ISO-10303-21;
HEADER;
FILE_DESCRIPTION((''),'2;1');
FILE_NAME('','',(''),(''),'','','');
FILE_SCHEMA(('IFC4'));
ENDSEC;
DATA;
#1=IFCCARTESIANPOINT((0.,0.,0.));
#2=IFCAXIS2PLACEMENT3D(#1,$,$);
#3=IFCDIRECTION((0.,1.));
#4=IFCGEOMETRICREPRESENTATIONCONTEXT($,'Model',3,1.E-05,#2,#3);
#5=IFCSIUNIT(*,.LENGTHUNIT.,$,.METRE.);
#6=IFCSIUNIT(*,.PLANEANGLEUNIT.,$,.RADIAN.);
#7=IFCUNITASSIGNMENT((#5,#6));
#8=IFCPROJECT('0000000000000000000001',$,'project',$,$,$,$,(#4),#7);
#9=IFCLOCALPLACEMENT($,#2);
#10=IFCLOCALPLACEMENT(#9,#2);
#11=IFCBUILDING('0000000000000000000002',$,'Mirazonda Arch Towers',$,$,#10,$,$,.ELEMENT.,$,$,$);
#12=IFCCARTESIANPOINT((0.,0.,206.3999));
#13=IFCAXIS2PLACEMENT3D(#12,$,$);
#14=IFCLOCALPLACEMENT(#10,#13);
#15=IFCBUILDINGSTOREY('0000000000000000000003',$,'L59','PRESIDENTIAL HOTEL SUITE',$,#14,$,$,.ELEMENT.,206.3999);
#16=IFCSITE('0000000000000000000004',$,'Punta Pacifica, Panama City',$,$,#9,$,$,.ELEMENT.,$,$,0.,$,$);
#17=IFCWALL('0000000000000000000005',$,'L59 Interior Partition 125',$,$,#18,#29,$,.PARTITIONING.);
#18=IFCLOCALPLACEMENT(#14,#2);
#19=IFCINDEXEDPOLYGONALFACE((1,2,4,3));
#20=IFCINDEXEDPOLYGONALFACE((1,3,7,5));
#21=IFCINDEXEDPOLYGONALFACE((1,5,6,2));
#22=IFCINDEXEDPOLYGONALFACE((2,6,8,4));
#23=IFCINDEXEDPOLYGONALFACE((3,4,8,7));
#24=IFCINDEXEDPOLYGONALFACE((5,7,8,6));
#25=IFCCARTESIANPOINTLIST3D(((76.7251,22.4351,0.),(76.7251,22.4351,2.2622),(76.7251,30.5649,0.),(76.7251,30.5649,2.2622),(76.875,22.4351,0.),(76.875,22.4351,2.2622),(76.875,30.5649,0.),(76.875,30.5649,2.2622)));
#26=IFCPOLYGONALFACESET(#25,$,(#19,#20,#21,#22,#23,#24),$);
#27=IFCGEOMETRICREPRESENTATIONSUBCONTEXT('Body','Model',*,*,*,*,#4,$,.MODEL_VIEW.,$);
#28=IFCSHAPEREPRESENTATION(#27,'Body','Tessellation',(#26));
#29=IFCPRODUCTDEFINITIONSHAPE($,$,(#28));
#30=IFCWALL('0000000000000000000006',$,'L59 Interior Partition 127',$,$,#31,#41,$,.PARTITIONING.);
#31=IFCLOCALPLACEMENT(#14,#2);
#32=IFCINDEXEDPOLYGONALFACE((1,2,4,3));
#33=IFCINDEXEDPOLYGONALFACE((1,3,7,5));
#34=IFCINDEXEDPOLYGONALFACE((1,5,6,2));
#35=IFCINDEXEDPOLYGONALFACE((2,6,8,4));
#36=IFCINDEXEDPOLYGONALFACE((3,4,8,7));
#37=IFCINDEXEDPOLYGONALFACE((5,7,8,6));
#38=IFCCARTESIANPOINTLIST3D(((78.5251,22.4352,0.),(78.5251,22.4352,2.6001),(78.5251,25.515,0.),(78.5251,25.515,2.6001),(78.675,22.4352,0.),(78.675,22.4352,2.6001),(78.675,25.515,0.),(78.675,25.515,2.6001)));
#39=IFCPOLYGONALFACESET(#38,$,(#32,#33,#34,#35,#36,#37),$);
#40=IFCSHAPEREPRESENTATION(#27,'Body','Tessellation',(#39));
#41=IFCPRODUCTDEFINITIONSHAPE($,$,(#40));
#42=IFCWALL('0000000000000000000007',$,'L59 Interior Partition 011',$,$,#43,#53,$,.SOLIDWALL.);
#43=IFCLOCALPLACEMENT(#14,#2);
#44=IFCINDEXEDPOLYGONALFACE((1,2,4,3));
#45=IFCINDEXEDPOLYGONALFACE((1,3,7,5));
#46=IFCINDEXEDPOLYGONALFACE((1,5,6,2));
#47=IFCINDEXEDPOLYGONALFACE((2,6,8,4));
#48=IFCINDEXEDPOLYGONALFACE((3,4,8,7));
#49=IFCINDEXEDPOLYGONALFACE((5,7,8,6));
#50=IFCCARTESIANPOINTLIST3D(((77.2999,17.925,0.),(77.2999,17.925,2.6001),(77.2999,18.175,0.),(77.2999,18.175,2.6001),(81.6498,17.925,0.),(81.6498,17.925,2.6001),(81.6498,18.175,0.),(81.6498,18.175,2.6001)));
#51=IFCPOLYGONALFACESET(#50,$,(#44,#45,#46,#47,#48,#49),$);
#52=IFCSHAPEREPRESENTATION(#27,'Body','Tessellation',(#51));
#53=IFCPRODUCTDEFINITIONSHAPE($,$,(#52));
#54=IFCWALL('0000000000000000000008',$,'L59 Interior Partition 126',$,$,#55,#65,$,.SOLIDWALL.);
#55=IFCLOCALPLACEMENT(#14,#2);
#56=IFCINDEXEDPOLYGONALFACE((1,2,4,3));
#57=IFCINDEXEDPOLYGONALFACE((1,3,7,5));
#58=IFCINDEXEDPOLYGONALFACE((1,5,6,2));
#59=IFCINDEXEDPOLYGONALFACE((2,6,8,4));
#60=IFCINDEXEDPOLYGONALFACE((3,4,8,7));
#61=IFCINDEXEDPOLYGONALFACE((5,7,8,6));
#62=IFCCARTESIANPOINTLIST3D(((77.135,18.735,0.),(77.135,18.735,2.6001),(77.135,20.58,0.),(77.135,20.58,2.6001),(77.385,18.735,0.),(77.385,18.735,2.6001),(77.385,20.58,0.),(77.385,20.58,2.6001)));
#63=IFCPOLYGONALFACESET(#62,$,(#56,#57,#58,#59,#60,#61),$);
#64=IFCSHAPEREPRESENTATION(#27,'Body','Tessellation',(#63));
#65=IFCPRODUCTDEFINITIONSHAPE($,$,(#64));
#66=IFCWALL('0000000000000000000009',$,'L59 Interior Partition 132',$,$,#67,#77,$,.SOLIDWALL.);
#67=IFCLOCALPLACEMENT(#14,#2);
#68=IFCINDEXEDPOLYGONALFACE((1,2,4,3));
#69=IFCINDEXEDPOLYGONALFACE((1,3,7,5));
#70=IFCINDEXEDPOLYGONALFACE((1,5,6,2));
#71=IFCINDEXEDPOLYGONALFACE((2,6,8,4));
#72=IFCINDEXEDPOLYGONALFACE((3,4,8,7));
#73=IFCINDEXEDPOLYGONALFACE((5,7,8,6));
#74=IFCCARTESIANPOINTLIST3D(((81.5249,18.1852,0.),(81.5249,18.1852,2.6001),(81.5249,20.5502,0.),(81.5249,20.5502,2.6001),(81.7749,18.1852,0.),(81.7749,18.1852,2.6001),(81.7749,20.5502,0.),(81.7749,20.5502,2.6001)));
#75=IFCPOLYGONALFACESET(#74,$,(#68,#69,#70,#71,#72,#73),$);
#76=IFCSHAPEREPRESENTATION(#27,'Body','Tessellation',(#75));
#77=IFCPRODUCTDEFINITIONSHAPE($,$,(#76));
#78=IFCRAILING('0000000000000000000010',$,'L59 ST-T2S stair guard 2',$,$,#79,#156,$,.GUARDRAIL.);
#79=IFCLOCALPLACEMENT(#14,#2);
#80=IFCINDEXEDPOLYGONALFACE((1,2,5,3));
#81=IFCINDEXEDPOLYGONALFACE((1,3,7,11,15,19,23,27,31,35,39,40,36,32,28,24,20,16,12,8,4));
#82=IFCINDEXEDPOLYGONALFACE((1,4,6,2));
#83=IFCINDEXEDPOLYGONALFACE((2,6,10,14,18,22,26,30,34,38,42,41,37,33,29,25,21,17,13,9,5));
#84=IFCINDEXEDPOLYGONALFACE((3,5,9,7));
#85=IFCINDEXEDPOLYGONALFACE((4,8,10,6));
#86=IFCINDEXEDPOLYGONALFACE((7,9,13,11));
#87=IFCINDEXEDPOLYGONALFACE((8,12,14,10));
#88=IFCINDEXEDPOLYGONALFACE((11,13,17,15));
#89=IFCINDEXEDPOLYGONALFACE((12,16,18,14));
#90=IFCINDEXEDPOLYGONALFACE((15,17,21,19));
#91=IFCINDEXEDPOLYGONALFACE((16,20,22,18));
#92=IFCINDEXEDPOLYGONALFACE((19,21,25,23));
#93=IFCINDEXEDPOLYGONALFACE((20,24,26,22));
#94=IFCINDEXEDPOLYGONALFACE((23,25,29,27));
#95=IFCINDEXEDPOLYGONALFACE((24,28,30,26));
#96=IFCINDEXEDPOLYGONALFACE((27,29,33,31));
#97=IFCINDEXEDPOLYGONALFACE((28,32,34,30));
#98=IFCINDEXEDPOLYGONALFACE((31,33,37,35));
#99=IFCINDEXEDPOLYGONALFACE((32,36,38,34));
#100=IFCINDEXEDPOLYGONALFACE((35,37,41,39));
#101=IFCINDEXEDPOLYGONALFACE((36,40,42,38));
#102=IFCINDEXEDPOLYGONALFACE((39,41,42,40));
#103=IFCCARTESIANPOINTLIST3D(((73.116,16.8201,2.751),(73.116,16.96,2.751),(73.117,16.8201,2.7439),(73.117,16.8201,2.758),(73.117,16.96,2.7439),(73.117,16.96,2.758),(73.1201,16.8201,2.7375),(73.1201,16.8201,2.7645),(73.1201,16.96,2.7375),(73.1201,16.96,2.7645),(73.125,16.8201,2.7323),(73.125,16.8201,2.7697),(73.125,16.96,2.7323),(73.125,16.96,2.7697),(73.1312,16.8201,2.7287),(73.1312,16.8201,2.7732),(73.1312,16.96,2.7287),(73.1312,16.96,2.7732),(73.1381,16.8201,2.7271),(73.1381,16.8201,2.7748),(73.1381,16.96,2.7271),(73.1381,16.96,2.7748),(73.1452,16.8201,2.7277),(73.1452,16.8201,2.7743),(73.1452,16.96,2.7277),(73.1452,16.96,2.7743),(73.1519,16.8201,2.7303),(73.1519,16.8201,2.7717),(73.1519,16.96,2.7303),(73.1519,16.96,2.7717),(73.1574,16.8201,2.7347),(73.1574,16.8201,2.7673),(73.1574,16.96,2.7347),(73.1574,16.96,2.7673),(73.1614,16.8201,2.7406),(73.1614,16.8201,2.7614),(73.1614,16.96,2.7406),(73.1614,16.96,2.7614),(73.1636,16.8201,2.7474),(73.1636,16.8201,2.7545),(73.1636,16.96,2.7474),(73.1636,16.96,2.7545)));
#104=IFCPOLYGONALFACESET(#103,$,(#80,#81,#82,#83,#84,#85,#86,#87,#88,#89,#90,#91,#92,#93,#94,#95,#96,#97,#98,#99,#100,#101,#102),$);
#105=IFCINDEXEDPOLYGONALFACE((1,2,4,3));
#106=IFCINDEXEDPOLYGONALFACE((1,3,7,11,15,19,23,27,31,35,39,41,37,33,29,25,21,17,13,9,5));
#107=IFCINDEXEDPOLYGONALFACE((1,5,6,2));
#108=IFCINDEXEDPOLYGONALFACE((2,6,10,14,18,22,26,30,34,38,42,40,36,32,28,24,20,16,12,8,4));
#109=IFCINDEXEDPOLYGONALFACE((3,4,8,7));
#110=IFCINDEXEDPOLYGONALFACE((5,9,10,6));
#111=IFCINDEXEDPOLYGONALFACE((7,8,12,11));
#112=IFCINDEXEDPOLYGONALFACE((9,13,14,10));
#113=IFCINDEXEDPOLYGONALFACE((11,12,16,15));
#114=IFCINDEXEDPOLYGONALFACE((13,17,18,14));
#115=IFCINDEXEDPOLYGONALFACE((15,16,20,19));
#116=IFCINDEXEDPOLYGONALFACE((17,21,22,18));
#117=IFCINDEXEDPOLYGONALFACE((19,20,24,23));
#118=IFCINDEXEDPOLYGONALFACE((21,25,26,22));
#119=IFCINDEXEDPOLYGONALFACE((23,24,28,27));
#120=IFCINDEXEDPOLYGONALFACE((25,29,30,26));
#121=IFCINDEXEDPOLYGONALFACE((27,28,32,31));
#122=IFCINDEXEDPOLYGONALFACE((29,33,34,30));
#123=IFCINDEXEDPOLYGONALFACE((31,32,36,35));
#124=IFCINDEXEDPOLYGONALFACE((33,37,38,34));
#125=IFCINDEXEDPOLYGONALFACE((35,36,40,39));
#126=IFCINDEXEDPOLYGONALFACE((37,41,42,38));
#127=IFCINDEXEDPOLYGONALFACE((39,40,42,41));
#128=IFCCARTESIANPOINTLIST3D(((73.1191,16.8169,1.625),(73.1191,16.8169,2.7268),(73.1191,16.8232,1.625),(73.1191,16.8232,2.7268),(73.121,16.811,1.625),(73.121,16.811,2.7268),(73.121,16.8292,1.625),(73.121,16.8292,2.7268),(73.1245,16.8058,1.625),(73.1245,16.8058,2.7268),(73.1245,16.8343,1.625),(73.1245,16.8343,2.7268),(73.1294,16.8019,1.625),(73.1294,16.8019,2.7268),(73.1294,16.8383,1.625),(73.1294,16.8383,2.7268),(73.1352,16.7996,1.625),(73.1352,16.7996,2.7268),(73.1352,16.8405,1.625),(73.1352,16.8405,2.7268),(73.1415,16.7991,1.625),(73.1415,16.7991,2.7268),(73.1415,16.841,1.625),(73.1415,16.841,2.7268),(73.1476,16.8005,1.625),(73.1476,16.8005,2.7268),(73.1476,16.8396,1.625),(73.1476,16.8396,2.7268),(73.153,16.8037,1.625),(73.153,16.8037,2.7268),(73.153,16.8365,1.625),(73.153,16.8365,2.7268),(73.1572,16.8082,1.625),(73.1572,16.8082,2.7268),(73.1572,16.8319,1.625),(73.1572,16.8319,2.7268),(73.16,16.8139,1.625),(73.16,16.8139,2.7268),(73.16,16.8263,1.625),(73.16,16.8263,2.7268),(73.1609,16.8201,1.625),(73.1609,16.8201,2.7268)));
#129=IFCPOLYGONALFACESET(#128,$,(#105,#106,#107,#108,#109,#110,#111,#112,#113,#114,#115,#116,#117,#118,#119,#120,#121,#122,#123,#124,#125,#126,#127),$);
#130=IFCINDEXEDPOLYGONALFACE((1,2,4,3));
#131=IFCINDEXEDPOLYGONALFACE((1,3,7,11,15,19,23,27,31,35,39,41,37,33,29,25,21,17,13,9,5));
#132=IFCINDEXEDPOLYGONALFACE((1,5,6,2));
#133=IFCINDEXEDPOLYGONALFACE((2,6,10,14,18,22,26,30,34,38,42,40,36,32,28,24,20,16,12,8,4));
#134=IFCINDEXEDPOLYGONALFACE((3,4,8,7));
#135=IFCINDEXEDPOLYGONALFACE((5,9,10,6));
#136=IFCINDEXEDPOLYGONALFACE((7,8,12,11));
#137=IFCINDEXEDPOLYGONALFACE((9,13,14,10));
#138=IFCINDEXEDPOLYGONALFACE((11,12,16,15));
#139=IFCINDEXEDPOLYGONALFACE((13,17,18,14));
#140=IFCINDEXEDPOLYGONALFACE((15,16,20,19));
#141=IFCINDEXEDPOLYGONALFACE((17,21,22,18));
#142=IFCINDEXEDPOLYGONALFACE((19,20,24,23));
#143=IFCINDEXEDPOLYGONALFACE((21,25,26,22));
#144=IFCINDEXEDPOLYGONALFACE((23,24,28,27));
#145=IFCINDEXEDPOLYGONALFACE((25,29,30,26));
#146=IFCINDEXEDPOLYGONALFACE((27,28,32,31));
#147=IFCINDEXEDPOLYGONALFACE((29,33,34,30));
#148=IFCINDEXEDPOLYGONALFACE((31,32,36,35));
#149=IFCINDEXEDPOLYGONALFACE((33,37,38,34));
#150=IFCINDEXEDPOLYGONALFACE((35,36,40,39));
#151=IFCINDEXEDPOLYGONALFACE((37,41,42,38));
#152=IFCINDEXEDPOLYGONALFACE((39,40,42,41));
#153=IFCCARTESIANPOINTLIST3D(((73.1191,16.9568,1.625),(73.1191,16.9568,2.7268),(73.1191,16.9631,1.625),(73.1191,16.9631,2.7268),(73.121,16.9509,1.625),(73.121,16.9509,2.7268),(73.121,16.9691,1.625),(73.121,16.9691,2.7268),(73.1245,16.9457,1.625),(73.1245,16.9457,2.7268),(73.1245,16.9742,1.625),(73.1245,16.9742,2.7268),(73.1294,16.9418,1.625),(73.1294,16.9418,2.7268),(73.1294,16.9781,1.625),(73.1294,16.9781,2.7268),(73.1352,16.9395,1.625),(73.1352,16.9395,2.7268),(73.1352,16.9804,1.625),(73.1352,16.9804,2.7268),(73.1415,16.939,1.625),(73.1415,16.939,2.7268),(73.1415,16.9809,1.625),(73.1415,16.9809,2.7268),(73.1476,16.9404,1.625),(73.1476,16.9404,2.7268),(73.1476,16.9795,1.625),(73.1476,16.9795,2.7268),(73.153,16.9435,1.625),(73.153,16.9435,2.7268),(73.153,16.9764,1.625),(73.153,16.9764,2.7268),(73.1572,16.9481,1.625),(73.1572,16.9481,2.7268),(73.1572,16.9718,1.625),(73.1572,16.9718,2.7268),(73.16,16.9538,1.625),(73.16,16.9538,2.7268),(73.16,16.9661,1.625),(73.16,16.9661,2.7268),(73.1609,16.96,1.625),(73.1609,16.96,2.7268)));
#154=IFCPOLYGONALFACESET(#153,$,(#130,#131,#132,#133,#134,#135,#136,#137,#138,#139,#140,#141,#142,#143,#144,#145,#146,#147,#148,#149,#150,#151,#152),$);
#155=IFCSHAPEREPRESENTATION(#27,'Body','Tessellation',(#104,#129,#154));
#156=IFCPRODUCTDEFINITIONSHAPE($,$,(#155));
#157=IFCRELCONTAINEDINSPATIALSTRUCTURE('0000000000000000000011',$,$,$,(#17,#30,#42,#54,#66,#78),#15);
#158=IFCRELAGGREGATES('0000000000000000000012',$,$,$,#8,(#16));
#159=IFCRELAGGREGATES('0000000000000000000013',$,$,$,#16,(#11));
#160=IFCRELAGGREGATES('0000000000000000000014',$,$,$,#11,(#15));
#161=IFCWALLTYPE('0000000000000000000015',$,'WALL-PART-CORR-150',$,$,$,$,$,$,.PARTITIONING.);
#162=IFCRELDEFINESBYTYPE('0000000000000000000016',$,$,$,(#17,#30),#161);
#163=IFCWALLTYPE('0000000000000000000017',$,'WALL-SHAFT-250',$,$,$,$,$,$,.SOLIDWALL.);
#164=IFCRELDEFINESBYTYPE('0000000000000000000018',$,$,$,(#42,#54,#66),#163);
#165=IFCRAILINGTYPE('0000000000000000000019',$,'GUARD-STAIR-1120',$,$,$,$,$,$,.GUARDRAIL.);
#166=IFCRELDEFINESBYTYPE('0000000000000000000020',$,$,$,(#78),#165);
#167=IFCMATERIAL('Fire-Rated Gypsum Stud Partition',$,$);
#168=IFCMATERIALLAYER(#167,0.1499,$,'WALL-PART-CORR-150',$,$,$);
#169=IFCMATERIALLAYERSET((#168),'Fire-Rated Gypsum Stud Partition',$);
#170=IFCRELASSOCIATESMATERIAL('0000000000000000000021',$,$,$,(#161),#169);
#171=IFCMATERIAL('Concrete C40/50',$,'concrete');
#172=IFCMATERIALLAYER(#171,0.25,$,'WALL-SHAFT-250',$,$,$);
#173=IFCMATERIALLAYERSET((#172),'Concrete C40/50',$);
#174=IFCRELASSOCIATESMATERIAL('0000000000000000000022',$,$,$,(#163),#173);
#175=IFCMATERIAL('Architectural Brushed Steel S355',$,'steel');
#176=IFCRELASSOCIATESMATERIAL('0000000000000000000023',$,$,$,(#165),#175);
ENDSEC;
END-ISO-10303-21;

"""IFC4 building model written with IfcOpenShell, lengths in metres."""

from ifc_helpers import new_model, si_unit, direction, frame, frame_2d, origin, origin_2d, place, context, subcontext, project, spatial, rectangle, circle, extrude, material, layer, layer_set, type_object, element, save


model = new_model("IFC4")

# Units and contexts
model_context = context("Model", 3, precision=1e-05, world=origin(), true_north=direction((0.0, 1.0)))
body_context = subcontext(model_context, "Body", "Model", "MODEL_VIEW")
ifc_project = project(units=[si_unit("LENGTHUNIT", "METRE"), si_unit("PLANEANGLEUNIT", "RADIAN")], contexts=[model_context])

# Site, building, storey
site_placement = place(None, origin())
site = spatial("IfcSite", under=ifc_project, at=site_placement, Name="Punta Pacifica, Panama City", CompositionType="ELEMENT", RefElevation=0.0)
building_placement = place(site_placement, origin())
building = spatial("IfcBuilding", under=site, at=building_placement, Name="Mirazonda Arch Towers", CompositionType="ELEMENT")
storey_placement = place(building_placement, frame((0.0, 0.0, 206.3999)))
storey = spatial("IfcBuildingStorey", under=building, at=storey_placement, Name="L59", Description="PRESIDENTIAL HOTEL SUITE", CompositionType="ELEMENT", Elevation=206.3999)

# Shared definitions
ifc_material_1 = material(Name="Fire-Rated Gypsum Stud Partition")
ifc_layer_1 = layer(ifc_material_1, 0.1499, Name="WALL-PART-CORR-150")
ifc_layer_set_1 = layer_set([ifc_layer_1], Name="Fire-Rated Gypsum Stud Partition")
wall_type_1 = type_object("IfcWallType", Name="WALL-PART-CORR-150", PredefinedType="PARTITIONING", material=ifc_layer_set_1)
ifc_material_2 = material(Name="Architectural Brushed Steel S355", Category="steel")

# Walls
wall_1_placement = place(storey_placement, frame((76.8, 22.4351, 0.0), z_axis=(0.0, 0.0, 1.0), x_axis=(0.0, 1.0, 0.0)))
element("IfcWall", 1, at=wall_1_placement, inside=storey, type_object=wall_type_1, Name="L59 Interior Partition 125", PredefinedType="PARTITIONING", context=body_context, shape_type="SweptSolid", body=[
    extrude(rectangle(XDim=8.1299, YDim=0.1499, at=frame_2d((4.0649, 0.0))), origin(), (0.0, 0.0, 1.0), 2.2622),
])
wall_2_placement = place(storey_placement, frame((78.6001, 22.4351, 0.0), z_axis=(0.0, 0.0, 1.0), x_axis=(0.0, 1.0, 0.0)))
element("IfcWall", 2, at=wall_2_placement, inside=storey, type_object=wall_type_1, Name="L59 Interior Partition 127", PredefinedType="PARTITIONING", context=body_context, shape_type="SweptSolid", body=[
    extrude(rectangle(XDim=3.0798, YDim=0.1499, at=frame_2d((1.54, 0.0))), origin(), (0.0, 0.0, 1.0), 2.6001),
])
ifc_material_3 = material(Name="Concrete C40/50", Category="concrete")
ifc_layer_2 = layer(ifc_material_3, 0.25, Name="WALL-SHAFT-250")
ifc_layer_set_2 = layer_set([ifc_layer_2], Name="Concrete C40/50")
wall_type_2 = type_object("IfcWallType", Name="WALL-SHAFT-250", PredefinedType="SOLIDWALL", material=ifc_layer_set_2)
wall_3_placement = place(storey_placement, frame((77.3, 18.05, 0.0), z_axis=(0.0, 0.0, 1.0), x_axis=(1.0, 0.0, 0.0)))
element("IfcWall", 3, at=wall_3_placement, inside=storey, type_object=wall_type_2, Name="L59 Interior Partition 011", PredefinedType="SOLIDWALL", context=body_context, shape_type="SweptSolid", body=[
    extrude(rectangle(XDim=4.3499, YDim=0.25, at=frame_2d((2.1748, 0.0))), origin(), (0.0, 0.0, 1.0), 2.6001),
])
wall_4_placement = place(storey_placement, frame((77.26, 18.7351, 0.0), z_axis=(0.0, 0.0, 1.0), x_axis=(0.0, 1.0, 0.0)))
element("IfcWall", 4, at=wall_4_placement, inside=storey, type_object=wall_type_2, Name="L59 Interior Partition 126", PredefinedType="SOLIDWALL", context=body_context, shape_type="SweptSolid", body=[
    extrude(rectangle(XDim=1.845, YDim=0.25, at=frame_2d((0.9224, 0.0))), origin(), (0.0, 0.0, 1.0), 2.6001),
])
wall_5_placement = place(storey_placement, frame((81.6499, 18.1851, 0.0), z_axis=(0.0, 0.0, 1.0), x_axis=(0.0, 1.0, 0.0)))
element("IfcWall", 5, at=wall_5_placement, inside=storey, type_object=wall_type_2, Name="L59 Interior Partition 132", PredefinedType="SOLIDWALL", context=body_context, shape_type="SweptSolid", body=[
    extrude(rectangle(XDim=2.365, YDim=0.25, at=frame_2d((1.1826, 0.0))), origin(), (0.0, 0.0, 1.0), 2.6001),
])

# Railing
railing_type_1 = type_object("IfcRailingType", Name="GUARD-STAIR-1120", PredefinedType="GUARDRAIL", material=ifc_material_2)
railing_1_placement = place(storey_placement, frame((73.1399, 16.8201, 1.625)))
element("IfcRailing", 6, at=railing_1_placement, inside=storey, type_object=railing_type_1, Name="L59 ST-T2S stair guard 2", PredefinedType="GUARDRAIL", context=body_context, shape_type="SweptSolid", body=[
    extrude(circle(Radius=0.0239, at=origin_2d()), frame((0.0, 0.0, 1.126), z_axis=(0.0, 1.0, 0.0), x_axis=(-1.0, 0.0, 0.0)), (0.0, 0.0, 1.0), 0.1399),
    extrude(circle(Radius=0.021, at=origin_2d()), origin(), (0.0, 0.0, 1.0), 1.1018),
    extrude(circle(Radius=0.021, at=origin_2d()), frame((0.0, 0.1399, 0.0)), (0.0, 0.0, 1.0), 1.1018),
])

save(model, "model.ifc")
